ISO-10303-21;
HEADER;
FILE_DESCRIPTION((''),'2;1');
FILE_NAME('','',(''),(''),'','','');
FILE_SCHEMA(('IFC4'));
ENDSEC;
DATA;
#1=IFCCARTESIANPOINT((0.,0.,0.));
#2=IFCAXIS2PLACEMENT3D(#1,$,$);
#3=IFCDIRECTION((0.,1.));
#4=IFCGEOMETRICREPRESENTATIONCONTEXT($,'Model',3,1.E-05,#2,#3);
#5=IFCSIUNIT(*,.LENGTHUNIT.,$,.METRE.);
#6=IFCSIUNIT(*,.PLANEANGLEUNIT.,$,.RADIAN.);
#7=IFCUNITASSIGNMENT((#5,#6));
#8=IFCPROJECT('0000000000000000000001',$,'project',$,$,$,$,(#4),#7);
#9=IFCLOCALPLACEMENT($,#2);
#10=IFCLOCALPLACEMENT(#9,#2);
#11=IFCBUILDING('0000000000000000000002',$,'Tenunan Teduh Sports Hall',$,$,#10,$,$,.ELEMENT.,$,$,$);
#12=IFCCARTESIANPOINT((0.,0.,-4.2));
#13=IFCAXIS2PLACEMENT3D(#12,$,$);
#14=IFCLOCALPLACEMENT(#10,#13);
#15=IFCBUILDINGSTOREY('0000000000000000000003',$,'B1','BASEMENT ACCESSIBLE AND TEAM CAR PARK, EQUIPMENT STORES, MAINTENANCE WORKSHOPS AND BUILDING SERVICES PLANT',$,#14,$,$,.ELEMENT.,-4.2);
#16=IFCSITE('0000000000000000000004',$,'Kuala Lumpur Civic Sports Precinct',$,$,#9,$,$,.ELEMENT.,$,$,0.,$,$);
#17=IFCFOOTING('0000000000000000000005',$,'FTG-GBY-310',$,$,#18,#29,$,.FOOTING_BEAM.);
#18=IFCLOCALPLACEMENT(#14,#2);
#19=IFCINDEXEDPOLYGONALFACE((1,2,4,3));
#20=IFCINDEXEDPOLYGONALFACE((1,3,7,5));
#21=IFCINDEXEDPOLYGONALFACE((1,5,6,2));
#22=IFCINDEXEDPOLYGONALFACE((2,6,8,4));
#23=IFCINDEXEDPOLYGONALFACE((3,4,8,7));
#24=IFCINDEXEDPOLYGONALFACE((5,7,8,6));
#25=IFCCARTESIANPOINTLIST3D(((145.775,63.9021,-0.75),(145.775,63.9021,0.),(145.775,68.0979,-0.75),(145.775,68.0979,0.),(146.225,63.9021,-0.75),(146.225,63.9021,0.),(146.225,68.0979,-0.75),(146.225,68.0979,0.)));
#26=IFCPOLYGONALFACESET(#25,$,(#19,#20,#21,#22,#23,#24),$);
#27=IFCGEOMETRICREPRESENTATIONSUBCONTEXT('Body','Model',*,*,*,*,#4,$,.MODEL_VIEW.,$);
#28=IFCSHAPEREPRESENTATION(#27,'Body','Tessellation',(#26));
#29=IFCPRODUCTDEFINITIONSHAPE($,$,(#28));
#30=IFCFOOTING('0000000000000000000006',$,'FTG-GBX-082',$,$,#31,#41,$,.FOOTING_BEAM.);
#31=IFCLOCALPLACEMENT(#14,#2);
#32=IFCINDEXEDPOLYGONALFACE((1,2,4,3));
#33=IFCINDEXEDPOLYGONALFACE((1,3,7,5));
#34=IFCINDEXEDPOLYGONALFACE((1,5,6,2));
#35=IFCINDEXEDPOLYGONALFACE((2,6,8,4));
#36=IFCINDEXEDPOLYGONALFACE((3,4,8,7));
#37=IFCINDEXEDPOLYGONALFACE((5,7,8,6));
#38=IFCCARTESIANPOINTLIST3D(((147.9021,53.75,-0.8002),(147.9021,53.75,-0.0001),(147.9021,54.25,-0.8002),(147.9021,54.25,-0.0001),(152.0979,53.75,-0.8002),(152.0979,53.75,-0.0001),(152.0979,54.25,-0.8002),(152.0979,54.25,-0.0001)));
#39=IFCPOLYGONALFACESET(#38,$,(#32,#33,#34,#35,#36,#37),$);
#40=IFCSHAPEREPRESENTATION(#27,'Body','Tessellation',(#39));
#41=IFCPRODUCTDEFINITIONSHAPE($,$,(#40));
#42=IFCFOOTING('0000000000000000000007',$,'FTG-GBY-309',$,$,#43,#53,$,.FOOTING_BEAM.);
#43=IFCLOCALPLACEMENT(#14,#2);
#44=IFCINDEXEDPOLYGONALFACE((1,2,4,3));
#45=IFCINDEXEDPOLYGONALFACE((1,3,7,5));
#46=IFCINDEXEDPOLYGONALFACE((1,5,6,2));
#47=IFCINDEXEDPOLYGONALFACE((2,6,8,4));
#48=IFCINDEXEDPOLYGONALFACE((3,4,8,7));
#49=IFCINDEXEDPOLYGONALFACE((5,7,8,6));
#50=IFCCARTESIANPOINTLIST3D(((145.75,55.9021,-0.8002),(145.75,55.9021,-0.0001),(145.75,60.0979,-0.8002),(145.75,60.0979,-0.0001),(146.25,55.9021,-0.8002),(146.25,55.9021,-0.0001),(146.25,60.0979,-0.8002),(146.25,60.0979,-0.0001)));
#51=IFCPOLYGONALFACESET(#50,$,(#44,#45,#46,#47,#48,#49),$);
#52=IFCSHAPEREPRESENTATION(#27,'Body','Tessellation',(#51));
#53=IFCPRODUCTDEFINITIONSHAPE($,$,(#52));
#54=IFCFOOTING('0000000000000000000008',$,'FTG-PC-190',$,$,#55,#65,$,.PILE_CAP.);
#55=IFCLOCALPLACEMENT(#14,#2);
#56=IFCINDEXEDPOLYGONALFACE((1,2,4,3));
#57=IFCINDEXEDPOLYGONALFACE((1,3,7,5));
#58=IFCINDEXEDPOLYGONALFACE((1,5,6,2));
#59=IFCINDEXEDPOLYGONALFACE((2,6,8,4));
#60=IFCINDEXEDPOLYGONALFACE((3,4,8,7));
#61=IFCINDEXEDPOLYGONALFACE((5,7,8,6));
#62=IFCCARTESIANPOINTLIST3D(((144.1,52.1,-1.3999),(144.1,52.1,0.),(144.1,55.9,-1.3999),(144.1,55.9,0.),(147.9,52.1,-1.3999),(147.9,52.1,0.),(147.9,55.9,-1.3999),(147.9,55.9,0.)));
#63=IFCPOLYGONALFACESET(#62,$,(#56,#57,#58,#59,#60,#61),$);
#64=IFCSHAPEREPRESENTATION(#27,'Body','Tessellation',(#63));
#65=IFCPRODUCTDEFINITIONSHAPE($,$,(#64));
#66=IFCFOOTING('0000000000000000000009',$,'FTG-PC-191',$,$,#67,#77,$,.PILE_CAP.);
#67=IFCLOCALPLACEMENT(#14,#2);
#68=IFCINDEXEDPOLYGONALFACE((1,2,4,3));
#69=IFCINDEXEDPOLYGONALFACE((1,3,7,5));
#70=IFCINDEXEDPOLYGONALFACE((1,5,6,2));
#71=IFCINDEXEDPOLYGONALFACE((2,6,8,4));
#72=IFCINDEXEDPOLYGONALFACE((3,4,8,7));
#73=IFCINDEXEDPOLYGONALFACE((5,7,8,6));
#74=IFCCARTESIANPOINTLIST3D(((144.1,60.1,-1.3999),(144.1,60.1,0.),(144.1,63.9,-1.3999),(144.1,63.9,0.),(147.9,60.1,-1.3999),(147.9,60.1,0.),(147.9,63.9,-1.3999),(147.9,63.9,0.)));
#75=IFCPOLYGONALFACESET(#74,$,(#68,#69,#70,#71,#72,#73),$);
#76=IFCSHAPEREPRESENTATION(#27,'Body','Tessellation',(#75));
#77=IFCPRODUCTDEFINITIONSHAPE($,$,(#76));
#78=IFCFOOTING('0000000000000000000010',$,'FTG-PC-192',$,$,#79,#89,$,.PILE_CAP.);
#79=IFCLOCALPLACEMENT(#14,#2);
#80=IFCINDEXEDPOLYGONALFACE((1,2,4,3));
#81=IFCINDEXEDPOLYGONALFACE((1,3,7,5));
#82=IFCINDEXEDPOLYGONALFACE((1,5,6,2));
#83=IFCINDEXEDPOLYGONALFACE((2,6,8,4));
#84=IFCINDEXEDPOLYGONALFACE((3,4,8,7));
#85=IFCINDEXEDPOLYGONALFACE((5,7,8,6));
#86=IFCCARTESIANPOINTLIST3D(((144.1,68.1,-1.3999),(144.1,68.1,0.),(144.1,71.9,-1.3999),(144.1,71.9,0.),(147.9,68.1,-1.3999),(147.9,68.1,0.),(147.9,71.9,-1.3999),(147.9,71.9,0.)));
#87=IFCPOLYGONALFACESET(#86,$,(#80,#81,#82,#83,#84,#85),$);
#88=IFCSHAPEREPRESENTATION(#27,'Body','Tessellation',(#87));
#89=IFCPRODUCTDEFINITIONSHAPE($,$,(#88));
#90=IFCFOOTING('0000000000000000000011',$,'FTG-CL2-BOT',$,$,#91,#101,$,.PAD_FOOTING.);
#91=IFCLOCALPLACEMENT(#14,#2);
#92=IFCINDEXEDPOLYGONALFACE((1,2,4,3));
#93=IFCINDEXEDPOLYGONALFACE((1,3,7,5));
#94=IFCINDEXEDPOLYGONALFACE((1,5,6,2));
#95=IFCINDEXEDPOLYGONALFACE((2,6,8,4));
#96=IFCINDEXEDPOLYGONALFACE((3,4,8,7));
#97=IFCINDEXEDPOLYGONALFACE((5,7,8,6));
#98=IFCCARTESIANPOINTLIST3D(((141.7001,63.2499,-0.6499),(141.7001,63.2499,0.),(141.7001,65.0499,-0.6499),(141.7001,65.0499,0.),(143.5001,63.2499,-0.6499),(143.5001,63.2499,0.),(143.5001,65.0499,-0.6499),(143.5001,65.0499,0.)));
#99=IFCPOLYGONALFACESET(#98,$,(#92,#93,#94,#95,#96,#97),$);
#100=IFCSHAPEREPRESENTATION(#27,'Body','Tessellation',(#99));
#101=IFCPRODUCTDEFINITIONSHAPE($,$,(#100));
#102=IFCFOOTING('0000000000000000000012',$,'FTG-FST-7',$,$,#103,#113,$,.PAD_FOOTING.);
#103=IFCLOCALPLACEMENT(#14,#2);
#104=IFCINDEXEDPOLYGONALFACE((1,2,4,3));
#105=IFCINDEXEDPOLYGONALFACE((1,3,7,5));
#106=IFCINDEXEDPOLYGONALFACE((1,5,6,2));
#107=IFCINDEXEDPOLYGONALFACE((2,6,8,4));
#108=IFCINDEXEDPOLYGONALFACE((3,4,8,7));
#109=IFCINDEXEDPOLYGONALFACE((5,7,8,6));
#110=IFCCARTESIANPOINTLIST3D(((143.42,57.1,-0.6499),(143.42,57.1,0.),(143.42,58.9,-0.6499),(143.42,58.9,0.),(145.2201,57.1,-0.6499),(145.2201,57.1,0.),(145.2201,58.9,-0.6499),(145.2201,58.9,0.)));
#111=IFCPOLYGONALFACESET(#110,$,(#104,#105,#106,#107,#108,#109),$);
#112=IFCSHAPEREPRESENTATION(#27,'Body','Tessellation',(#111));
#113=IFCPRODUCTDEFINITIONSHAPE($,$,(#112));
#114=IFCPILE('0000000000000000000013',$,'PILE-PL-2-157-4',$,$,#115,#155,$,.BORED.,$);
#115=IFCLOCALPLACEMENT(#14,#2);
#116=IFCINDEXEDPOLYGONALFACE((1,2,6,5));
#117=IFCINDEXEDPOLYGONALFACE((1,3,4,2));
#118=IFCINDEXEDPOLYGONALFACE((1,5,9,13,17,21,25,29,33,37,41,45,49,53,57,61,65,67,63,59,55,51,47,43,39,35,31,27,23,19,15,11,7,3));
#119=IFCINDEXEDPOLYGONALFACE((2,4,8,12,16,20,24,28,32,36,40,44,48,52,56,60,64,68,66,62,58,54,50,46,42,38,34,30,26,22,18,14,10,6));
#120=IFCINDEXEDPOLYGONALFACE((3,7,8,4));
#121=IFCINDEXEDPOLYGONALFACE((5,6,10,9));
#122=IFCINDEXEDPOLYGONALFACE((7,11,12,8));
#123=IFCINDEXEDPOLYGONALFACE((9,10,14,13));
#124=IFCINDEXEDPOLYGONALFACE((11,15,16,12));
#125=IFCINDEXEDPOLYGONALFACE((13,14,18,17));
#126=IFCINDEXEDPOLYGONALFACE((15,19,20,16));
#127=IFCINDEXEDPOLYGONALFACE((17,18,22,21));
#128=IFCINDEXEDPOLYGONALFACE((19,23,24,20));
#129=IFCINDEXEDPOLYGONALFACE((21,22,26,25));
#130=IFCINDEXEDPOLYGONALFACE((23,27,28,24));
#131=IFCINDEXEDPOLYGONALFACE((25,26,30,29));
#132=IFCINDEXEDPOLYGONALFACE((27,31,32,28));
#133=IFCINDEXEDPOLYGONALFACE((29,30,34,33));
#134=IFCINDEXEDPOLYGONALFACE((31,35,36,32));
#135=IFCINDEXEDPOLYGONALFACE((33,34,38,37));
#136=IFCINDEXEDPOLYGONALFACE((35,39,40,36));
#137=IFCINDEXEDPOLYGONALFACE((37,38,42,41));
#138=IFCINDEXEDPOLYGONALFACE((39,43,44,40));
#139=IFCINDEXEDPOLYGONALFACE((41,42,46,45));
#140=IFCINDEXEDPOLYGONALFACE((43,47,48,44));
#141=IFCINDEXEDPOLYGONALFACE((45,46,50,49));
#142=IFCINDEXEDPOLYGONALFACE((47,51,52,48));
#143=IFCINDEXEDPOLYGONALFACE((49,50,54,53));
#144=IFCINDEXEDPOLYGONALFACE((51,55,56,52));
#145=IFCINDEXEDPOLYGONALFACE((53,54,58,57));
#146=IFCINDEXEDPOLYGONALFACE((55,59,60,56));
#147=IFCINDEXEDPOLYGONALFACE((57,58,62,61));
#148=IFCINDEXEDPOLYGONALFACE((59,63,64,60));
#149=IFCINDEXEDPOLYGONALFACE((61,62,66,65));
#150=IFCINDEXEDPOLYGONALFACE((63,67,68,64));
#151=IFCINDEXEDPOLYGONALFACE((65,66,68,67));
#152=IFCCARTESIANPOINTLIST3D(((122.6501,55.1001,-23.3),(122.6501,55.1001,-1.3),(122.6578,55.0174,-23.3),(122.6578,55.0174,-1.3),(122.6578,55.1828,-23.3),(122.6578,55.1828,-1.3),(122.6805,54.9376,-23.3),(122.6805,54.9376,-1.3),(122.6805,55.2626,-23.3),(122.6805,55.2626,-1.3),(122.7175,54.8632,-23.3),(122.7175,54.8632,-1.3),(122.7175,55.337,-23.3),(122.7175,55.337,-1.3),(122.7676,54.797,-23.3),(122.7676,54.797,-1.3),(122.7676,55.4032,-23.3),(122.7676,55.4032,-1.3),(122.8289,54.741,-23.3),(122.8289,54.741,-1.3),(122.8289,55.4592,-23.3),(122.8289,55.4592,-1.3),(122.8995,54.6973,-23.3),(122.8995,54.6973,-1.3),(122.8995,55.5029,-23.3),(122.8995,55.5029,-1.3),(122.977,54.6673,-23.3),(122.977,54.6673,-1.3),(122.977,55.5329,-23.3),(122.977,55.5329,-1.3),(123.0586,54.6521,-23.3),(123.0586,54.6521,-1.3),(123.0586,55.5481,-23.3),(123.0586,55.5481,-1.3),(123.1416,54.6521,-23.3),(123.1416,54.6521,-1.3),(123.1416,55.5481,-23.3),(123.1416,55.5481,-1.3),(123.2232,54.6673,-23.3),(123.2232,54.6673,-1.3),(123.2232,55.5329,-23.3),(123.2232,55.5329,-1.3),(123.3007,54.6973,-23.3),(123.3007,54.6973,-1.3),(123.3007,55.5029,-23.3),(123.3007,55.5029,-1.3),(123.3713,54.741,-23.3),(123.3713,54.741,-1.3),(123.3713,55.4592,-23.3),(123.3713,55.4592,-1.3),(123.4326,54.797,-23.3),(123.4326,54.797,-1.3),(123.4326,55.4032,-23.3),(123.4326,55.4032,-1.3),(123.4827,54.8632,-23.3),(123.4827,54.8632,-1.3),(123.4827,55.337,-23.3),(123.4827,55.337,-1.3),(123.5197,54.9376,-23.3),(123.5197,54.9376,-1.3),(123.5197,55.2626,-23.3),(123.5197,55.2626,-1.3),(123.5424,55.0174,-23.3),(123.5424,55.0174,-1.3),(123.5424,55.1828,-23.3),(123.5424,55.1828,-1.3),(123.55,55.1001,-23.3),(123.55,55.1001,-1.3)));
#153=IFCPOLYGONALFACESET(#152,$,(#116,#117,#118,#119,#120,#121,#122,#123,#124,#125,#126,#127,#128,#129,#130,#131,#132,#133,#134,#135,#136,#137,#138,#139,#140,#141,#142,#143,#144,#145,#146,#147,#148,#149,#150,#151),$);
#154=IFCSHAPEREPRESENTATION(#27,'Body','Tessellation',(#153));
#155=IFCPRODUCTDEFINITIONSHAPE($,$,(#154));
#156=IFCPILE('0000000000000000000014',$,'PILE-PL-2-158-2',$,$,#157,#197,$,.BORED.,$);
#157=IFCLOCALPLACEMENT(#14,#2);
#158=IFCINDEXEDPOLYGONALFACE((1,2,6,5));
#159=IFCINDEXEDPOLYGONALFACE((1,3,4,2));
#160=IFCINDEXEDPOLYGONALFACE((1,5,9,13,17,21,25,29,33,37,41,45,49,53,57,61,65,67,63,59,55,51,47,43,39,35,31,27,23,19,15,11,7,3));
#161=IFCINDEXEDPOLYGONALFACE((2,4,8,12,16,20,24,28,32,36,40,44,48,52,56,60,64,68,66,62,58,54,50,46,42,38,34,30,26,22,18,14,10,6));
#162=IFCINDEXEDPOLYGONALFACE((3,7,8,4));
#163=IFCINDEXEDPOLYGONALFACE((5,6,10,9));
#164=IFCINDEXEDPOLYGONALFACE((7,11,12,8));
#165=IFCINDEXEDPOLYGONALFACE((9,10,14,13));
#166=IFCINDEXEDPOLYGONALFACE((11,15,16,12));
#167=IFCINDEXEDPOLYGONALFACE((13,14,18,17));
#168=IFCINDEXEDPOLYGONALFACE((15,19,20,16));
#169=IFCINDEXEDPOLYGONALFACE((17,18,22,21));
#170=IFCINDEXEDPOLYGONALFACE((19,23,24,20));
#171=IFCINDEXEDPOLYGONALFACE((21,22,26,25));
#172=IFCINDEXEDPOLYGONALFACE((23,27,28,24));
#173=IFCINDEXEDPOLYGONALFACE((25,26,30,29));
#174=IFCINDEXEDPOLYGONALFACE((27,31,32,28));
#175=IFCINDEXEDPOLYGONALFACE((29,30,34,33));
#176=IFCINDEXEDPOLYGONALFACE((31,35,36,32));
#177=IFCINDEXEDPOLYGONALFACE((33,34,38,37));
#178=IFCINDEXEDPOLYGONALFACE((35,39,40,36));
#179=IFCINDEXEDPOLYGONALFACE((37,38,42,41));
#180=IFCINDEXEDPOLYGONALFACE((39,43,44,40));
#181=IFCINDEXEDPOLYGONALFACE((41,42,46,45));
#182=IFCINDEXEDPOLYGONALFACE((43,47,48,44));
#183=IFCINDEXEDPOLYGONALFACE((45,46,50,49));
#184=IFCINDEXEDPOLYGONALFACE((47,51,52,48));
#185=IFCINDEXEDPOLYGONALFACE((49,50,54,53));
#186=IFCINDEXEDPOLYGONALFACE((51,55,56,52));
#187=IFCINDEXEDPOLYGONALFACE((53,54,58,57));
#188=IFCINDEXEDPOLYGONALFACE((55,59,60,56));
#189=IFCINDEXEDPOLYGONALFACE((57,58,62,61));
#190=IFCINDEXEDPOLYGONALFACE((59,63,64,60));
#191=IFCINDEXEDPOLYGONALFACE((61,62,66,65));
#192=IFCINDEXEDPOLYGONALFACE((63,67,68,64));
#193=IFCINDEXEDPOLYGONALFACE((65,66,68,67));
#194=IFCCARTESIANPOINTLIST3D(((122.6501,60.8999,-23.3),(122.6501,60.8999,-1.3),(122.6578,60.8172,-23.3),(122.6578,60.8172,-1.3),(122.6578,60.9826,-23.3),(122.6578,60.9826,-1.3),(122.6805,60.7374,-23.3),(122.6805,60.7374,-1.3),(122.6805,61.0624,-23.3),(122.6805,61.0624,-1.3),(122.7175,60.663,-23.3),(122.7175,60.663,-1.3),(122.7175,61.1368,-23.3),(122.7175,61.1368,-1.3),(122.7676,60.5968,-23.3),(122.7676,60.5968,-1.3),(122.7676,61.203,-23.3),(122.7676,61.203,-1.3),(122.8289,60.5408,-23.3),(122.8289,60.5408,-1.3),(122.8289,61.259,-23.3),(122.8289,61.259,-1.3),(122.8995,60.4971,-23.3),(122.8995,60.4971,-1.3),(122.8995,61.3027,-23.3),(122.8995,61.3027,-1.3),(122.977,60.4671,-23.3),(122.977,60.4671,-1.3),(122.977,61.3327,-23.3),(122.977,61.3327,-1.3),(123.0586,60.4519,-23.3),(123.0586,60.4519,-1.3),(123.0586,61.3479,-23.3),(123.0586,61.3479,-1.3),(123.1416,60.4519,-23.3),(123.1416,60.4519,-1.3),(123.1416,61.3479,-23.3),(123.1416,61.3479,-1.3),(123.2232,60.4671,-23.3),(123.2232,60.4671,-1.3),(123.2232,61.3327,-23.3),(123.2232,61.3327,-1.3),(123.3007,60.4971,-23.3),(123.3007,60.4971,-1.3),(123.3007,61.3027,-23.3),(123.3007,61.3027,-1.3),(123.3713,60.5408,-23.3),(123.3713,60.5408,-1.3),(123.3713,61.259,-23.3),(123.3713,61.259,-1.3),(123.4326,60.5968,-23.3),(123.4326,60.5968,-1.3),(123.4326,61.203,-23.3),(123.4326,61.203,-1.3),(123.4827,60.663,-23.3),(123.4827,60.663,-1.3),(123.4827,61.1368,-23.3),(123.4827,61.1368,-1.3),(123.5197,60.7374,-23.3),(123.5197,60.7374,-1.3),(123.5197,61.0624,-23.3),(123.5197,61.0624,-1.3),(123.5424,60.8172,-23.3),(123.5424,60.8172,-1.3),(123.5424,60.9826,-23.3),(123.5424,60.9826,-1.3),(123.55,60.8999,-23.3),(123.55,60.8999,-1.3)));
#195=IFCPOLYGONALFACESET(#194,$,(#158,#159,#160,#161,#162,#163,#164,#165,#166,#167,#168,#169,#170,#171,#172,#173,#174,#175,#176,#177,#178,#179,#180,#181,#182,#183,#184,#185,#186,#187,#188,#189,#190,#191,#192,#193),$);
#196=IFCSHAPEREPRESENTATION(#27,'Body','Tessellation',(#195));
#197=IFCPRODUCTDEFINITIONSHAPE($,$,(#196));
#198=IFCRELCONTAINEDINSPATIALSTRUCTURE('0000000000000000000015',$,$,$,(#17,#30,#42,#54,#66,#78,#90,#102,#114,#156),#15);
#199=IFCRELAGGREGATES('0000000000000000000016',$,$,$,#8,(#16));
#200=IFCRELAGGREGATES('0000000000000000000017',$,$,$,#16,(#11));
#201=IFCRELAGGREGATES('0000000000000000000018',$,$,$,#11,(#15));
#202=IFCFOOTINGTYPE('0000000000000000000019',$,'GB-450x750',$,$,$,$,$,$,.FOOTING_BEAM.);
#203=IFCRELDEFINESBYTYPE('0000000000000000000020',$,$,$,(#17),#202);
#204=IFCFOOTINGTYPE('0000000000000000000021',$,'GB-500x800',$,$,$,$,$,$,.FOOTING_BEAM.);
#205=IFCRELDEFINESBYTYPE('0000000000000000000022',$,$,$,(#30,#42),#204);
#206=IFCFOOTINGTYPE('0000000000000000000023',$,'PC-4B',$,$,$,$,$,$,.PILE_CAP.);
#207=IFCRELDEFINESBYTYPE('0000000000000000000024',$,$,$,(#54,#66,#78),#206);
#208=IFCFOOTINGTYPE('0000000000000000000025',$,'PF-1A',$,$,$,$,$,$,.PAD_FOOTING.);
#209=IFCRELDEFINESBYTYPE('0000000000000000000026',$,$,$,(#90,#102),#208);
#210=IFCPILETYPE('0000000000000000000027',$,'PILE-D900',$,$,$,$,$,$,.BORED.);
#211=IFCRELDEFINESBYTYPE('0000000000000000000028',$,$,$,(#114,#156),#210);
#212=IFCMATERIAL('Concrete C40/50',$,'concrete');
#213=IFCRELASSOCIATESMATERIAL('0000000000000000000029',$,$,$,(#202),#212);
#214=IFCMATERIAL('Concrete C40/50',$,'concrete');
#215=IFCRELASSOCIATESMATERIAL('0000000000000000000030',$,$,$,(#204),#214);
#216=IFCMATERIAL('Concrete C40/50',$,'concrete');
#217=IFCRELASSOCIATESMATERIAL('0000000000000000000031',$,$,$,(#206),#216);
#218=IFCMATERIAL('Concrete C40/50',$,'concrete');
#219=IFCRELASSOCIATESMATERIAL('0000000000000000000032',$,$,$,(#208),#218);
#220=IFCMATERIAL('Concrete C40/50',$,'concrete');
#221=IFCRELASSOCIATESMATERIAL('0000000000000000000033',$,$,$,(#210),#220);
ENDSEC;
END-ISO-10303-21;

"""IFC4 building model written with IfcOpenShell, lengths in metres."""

from ifc_helpers import new_model, si_unit, direction, frame, origin, origin_2d, place, context, subcontext, project, spatial, rectangle, circle, extrude, material, material_profile, profile_set, type_object, element, save


model = new_model("IFC4")

# Units and contexts
model_context = context("Model", 3, precision=1e-05, world=origin(), true_north=direction((0.0, 1.0)))
body_context = subcontext(model_context, "Body", "Model", "MODEL_VIEW")
ifc_project = project(units=[si_unit("LENGTHUNIT", "METRE"), si_unit("PLANEANGLEUNIT", "RADIAN")], contexts=[model_context])

# Site, building, storey
site_placement = place(None, origin())
site = spatial("IfcSite", under=ifc_project, at=site_placement, Name="Kuala Lumpur Civic Sports Precinct", CompositionType="ELEMENT", RefElevation=0.0)
building_placement = place(site_placement, origin())
building = spatial("IfcBuilding", under=site, at=building_placement, Name="Tenunan Teduh Sports Hall", CompositionType="ELEMENT")
storey_placement = place(building_placement, frame((0.0, 0.0, -4.2)))
storey = spatial("IfcBuildingStorey", under=building, at=storey_placement, Name="B1", Description="BASEMENT ACCESSIBLE AND TEAM CAR PARK, EQUIPMENT STORES, MAINTENANCE WORKSHOPS AND BUILDING SERVICES PLANT", CompositionType="ELEMENT", Elevation=-4.2)

# Footings
ifc_material_1 = material(Name="Concrete C40/50", Category="concrete")
ifc_material_profile_1 = material_profile(ifc_material_1, rectangle(XDim=0.45, YDim=0.75, at=origin_2d()), Name="RCB 450x750")
ifc_profile_set_1 = profile_set([ifc_material_profile_1], Name="Concrete C40/50")
footing_type_1 = type_object("IfcFootingType", Name="GB-450x750", PredefinedType="FOOTING_BEAM", material=ifc_profile_set_1)
footing_placement = place(storey_placement, frame((146.0, 63.9021, -0.375), z_axis=(0.0, 1.0, 0.0), x_axis=(-1.0, 0.0, 0.0)))
element("IfcFooting", 1, at=footing_placement, inside=storey, type_object=footing_type_1, Name="FTG-GBY-310", PredefinedType="FOOTING_BEAM", context=body_context, shape_type="SweptSolid", body=[
    extrude(rectangle(XDim=0.45, YDim=0.75, at=origin_2d()), origin(), (0.0, 0.0, 1.0), 4.1958),
])
ifc_material_2 = material(Name="Concrete C40/50", Category="concrete")
ifc_material_profile_2 = material_profile(ifc_material_2, rectangle(XDim=0.5, YDim=0.8, at=origin_2d()), Name="RCB 500x800")
ifc_profile_set_2 = profile_set([ifc_material_profile_2], Name="Concrete C40/50")
footing_type_2 = type_object("IfcFootingType", Name="GB-500x800", PredefinedType="FOOTING_BEAM", material=ifc_profile_set_2)
for number, where, z_axis, x_axis, name in (
    (2, (147.9021, 54.0, -0.4001), (1.0, 0.0, 0.0), (0.0, 1.0, 0.0), "FTG-GBX-082"),
    (3, (146.0, 55.9021, -0.4001), (0.0, 1.0, 0.0), (-1.0, 0.0, 0.0), "FTG-GBY-309"),
):
    element("IfcFooting", number, at=place(storey_placement, frame(where, z_axis=z_axis, x_axis=x_axis)), inside=storey, type_object=footing_type_2, Name=name, PredefinedType="FOOTING_BEAM", context=body_context, shape_type="SweptSolid", body=[
        extrude(rectangle(XDim=0.5, YDim=0.8, at=origin_2d()), origin(), (0.0, 0.0, 1.0), 4.1958),
    ])
ifc_material_3 = material(Name="Concrete C40/50", Category="concrete")
footing_type_3 = type_object("IfcFootingType", Name="PC-4B", PredefinedType="PILE_CAP", material=ifc_material_3)
for number, where, z_axis, x_axis, name in (
    (4, (146.0, 54.0, -1.3999), (0.0, 0.0, 1.0), (1.0, 0.0, 0.0), "FTG-PC-190"),
    (5, (146.0, 62.0, -1.3999), (0.0, 0.0, 1.0), (1.0, 0.0, 0.0), "FTG-PC-191"),
    (6, (146.0, 70.0, -1.3999), (0.0, 0.0, 1.0), (1.0, 0.0, 0.0), "FTG-PC-192"),
):
    element("IfcFooting", number, at=place(storey_placement, frame(where, z_axis=z_axis, x_axis=x_axis)), inside=storey, type_object=footing_type_3, Name=name, PredefinedType="PILE_CAP", context=body_context, shape_type="SweptSolid", body=[
        extrude(rectangle(XDim=3.8, YDim=3.8, at=origin_2d()), origin(), (0.0, 0.0, 1.0), 1.3999),
    ])
ifc_material_4 = material(Name="Concrete C40/50", Category="concrete")
footing_type_4 = type_object("IfcFootingType", Name="PF-1A", PredefinedType="PAD_FOOTING", material=ifc_material_4)
for number, where, z_axis, x_axis, name in (
    (7, (142.6001, 64.1499, -0.6499), (0.0, 0.0, 1.0), (1.0, 0.0, 0.0), "FTG-CL2-BOT"),
    (8, (144.3201, 58.0, -0.6499), (0.0, 0.0, 1.0), (1.0, 0.0, 0.0), "FTG-FST-7"),
):
    element("IfcFooting", number, at=place(storey_placement, frame(where, z_axis=z_axis, x_axis=x_axis)), inside=storey, type_object=footing_type_4, Name=name, PredefinedType="PAD_FOOTING", context=body_context, shape_type="SweptSolid", body=[
        extrude(rectangle(XDim=1.8, YDim=1.8, at=origin_2d()), origin(), (0.0, 0.0, 1.0), 0.6499),
    ])

# Piles
ifc_material_5 = material(Name="Concrete C40/50", Category="concrete")
ifc_material_profile_3 = material_profile(ifc_material_5, circle(Radius=0.45, at=origin_2d()), Name="PILE D900")
ifc_profile_set_3 = profile_set([ifc_material_profile_3], Name="Concrete C40/50")
pile_type = type_object("IfcPileType", Name="PILE-D900", PredefinedType="BORED", material=ifc_profile_set_3)
for number, where, z_axis, x_axis, name in (
    (9, (123.1001, 55.1001, -1.3), (0.0, 0.0, -1.0), (1.0, 0.0, 0.0), "PILE-PL-2-157-4"),
    (10, (123.1001, 60.8999, -1.3), (0.0, 0.0, -1.0), (1.0, 0.0, 0.0), "PILE-PL-2-158-2"),
):
    element("IfcPile", number, at=place(storey_placement, frame(where, z_axis=z_axis, x_axis=x_axis)), inside=storey, type_object=pile_type, Name=name, PredefinedType="BORED", context=body_context, shape_type="SweptSolid", body=[
        extrude(circle(Radius=0.45, at=origin_2d()), origin(), (0.0, 0.0, 1.0), 22.0),
    ])

save(model, "model.ifc")
